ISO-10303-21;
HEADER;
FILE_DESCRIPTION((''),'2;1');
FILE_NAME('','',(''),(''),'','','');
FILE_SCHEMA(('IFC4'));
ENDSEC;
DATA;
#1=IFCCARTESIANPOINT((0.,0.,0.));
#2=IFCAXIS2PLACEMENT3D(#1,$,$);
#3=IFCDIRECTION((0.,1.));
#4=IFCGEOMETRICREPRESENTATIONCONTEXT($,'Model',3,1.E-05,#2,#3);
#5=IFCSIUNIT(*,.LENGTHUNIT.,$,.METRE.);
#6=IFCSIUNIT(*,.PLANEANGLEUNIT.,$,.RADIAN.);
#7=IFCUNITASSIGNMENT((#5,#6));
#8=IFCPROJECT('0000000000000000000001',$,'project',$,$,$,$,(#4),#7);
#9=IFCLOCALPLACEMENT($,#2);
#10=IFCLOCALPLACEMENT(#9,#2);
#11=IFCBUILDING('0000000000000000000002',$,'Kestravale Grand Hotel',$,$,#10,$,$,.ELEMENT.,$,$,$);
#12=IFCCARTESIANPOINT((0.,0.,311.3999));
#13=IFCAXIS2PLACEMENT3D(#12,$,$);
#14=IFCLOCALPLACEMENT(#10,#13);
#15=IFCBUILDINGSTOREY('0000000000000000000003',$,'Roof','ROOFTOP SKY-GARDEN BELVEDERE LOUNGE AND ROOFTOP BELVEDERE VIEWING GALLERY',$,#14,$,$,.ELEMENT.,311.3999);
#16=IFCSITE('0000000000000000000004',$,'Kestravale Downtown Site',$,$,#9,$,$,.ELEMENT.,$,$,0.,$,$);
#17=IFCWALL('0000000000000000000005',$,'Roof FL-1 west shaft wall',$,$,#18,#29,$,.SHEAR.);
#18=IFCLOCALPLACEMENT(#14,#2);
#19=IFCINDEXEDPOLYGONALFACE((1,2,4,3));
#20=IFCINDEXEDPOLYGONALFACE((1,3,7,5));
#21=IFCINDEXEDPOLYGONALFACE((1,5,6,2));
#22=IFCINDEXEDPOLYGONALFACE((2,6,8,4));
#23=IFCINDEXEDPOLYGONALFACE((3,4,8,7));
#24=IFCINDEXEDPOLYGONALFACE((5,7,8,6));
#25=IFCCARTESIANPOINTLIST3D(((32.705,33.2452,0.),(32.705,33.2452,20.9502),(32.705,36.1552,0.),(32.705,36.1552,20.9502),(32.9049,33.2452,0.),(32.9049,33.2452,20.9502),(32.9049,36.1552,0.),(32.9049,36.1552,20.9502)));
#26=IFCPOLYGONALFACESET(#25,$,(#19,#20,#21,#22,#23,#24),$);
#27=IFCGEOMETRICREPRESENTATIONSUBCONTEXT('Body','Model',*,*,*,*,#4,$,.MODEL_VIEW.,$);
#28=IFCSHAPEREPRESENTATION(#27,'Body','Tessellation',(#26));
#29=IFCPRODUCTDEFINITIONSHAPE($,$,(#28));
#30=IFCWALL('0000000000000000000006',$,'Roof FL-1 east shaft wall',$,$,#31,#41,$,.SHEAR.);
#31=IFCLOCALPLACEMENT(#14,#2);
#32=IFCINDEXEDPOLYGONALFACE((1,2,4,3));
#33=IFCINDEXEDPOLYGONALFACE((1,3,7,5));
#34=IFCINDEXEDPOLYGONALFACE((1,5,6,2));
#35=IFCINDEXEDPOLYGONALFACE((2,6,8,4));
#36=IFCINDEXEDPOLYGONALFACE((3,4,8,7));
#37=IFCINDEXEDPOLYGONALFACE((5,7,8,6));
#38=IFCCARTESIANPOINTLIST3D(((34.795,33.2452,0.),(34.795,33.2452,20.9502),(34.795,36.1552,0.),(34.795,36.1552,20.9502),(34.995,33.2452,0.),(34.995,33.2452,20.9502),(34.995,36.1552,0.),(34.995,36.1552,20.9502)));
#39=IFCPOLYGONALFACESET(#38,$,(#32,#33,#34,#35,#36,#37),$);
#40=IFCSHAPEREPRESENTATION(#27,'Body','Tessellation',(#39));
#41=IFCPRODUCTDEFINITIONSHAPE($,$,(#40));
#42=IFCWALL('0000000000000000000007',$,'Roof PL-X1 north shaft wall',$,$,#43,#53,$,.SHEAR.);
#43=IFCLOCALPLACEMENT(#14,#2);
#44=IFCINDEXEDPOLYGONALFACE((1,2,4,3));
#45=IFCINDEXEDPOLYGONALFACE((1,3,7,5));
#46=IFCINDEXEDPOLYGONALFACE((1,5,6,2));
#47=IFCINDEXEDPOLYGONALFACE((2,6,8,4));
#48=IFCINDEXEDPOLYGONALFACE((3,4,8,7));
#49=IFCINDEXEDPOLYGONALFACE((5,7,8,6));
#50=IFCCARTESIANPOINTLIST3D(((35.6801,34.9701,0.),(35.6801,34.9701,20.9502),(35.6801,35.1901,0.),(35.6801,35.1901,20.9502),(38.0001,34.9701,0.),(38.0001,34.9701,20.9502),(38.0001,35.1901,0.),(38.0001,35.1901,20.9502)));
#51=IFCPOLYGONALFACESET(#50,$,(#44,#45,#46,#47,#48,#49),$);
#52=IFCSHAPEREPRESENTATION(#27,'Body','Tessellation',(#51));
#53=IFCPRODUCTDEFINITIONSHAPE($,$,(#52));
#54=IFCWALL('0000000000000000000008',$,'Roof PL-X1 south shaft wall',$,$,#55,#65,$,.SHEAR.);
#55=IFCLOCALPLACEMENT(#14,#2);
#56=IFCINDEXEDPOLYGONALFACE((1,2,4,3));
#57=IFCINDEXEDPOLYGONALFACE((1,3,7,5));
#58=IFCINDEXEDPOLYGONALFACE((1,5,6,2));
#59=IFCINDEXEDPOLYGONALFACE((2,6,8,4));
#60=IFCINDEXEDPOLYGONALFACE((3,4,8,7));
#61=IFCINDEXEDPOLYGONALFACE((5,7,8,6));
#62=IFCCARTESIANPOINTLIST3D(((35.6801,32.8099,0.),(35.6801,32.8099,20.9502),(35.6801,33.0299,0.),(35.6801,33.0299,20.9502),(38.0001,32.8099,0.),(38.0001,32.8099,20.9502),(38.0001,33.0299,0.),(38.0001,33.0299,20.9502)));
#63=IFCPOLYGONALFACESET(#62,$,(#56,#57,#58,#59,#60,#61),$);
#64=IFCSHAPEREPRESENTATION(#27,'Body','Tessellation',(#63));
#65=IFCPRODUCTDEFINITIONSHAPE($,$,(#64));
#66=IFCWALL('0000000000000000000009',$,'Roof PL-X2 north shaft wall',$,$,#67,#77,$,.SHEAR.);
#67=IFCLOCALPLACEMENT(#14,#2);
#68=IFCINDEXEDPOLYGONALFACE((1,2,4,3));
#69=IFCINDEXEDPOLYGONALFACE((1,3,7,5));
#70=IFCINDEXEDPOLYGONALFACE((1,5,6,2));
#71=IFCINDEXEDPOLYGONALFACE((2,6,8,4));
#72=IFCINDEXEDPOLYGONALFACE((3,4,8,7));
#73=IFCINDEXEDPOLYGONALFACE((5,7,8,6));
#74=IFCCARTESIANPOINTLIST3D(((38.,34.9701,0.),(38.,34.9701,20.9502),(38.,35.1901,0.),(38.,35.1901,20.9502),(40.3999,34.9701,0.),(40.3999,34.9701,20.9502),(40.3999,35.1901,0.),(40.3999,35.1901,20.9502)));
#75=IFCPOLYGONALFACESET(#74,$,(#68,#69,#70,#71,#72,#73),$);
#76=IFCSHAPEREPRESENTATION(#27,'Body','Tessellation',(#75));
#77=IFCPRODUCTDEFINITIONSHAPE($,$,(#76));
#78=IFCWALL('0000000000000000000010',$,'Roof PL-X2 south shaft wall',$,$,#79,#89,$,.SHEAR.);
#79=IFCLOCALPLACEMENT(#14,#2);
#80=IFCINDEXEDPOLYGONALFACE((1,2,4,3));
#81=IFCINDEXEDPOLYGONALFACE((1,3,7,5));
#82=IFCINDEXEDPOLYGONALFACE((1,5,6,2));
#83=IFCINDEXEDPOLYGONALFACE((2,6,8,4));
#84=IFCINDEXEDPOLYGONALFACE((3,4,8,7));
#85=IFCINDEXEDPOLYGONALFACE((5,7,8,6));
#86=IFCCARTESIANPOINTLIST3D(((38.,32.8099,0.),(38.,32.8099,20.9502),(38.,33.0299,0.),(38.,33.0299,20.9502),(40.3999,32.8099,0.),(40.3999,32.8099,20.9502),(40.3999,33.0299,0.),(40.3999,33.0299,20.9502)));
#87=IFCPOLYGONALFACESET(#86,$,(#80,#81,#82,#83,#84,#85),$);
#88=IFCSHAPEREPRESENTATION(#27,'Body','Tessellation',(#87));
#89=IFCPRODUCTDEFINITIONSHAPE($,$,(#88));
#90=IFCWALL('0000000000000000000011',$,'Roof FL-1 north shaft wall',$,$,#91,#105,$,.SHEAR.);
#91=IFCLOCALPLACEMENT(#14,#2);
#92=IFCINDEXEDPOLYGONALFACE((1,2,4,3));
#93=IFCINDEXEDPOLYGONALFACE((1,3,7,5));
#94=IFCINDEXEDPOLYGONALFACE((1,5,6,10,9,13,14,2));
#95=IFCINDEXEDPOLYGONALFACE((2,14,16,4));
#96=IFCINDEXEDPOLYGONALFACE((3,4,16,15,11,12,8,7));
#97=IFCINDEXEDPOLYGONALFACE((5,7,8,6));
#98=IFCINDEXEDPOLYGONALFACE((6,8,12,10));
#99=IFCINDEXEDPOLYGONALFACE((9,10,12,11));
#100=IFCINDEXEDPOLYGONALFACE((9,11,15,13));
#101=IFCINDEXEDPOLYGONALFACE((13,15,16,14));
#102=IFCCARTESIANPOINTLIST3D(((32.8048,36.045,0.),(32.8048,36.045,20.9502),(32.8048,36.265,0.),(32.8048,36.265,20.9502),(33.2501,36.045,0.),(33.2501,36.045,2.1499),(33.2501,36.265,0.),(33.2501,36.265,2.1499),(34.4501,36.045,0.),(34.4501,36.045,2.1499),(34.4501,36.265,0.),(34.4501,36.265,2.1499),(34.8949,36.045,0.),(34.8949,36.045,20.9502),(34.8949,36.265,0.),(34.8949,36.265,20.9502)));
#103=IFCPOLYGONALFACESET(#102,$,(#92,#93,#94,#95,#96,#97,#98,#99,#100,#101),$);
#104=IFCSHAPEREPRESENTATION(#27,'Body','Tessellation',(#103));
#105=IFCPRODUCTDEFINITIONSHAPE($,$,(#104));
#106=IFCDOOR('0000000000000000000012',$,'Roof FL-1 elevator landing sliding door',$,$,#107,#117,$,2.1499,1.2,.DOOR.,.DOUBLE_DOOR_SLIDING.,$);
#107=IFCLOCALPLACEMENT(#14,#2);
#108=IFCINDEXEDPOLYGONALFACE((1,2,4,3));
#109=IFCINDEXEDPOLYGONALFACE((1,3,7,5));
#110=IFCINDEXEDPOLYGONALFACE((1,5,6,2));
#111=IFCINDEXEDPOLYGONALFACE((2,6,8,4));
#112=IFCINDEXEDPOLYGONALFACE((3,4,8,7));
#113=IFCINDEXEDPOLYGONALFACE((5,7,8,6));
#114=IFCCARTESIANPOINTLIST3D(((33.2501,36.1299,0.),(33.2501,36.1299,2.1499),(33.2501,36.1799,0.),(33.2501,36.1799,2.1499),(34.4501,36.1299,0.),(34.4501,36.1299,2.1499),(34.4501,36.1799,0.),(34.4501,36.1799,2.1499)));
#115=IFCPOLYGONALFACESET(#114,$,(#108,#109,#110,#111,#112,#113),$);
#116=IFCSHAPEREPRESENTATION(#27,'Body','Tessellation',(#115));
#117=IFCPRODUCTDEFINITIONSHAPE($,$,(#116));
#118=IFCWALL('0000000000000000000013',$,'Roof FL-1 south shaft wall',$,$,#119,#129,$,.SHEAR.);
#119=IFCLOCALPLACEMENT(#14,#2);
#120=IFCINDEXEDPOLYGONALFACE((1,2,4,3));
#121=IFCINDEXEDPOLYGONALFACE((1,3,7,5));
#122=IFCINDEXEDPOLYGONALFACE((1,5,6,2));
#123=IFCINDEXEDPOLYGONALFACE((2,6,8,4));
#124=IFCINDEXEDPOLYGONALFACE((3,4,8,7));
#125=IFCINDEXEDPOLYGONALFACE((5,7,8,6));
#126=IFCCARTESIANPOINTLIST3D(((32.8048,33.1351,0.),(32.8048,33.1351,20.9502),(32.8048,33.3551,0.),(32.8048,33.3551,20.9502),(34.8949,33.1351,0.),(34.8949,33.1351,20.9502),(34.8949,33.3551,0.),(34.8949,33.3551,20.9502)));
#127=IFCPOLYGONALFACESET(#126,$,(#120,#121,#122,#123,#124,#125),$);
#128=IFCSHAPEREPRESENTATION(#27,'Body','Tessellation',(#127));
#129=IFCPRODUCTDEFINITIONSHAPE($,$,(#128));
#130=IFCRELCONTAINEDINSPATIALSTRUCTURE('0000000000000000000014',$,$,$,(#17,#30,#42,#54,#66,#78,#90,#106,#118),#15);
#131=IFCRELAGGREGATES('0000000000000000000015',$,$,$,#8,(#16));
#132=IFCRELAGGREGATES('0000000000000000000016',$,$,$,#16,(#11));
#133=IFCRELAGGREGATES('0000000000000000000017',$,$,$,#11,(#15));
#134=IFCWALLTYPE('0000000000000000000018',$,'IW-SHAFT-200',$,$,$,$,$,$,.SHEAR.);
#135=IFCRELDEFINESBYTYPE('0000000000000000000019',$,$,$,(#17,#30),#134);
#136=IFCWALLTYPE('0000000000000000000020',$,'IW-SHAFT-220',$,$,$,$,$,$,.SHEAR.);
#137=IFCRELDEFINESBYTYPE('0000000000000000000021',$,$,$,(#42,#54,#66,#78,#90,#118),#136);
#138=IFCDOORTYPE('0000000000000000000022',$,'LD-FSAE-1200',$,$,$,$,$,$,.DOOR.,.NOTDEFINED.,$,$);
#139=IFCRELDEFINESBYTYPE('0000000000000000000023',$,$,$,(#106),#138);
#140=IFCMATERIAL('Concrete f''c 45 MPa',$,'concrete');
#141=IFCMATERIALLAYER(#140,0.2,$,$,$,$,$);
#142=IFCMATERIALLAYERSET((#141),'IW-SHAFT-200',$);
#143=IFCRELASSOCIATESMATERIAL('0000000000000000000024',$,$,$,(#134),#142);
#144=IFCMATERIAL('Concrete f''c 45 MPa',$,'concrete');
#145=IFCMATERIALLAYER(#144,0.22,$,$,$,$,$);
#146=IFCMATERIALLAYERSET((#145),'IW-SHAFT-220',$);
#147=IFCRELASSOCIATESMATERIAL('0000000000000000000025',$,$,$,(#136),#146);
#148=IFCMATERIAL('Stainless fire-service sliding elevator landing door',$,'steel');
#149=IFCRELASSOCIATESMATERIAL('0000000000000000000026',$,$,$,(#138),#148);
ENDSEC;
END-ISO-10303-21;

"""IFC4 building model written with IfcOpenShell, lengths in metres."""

from ifc_helpers import new_model, si_unit, direction, frame, frame_2d, origin, place, context, subcontext, project, spatial, rectangle, extrude, material, layer, layer_set, type_object, element, fill, save


model = new_model("IFC4")

# Units and contexts
model_context = context("Model", 3, precision=1e-05, world=origin(), true_north=direction((0.0, 1.0)))
body_context = subcontext(model_context, "Body", "Model", "MODEL_VIEW")
ifc_project = project(units=[si_unit("LENGTHUNIT", "METRE"), si_unit("PLANEANGLEUNIT", "RADIAN")], contexts=[model_context])

# Site, building, storey
site_placement = place(None, origin())
site = spatial("IfcSite", under=ifc_project, at=site_placement, Name="Kestravale Downtown Site", CompositionType="ELEMENT", RefElevation=0.0)
building_placement = place(site_placement, origin())
building = spatial("IfcBuilding", under=site, at=building_placement, Name="Kestravale Grand Hotel", CompositionType="ELEMENT")
storey_placement = place(building_placement, frame((0.0, 0.0, 311.3999)))
storey = spatial("IfcBuildingStorey", under=building, at=storey_placement, Name="Roof", Description="ROOFTOP SKY-GARDEN BELVEDERE LOUNGE AND ROOFTOP BELVEDERE VIEWING GALLERY", CompositionType="ELEMENT", Elevation=311.3999)

# Walls
ifc_material_1 = material(Name="Concrete f'c 45 MPa", Category="concrete")
ifc_layer_1 = layer(ifc_material_1, 0.2)
ifc_layer_set_1 = layer_set([ifc_layer_1], Name="IW-SHAFT-200")
wall_type_1 = type_object("IfcWallType", Name="IW-SHAFT-200", PredefinedType="SHEAR", material=ifc_layer_set_1)
for number, where, z_axis, x_axis, name in (
    (1, (32.8049, 33.2451, 0.0), (0.0, 0.0, 1.0), (0.0, 1.0, 0.0), "Roof FL-1 west shaft wall"),
    (2, (34.895, 33.2451, 0.0), (0.0, 0.0, 1.0), (0.0, 1.0, 0.0), "Roof FL-1 east shaft wall"),
):
    element("IfcWall", number, at=place(storey_placement, frame(where, z_axis=z_axis, x_axis=x_axis)), inside=storey, type_object=wall_type_1, Name=name, PredefinedType="SHEAR", context=body_context, shape_type="SweptSolid", body=[
        extrude(rectangle(XDim=2.9099, YDim=0.2, at=frame_2d((1.4551, 0.0))), origin(), (0.0, 0.0, 1.0), 20.9502),
    ])
ifc_material_2 = material(Name="Concrete f'c 45 MPa", Category="concrete")
ifc_layer_2 = layer(ifc_material_2, 0.22)
ifc_layer_set_2 = layer_set([ifc_layer_2], Name="IW-SHAFT-220")
wall_type_2 = type_object("IfcWallType", Name="IW-SHAFT-220", PredefinedType="SHEAR", material=ifc_layer_set_2)
for number, where, z_axis, x_axis, name in (
    (3, (35.6799, 35.0801, 0.0), (0.0, 0.0, 1.0), (1.0, 0.0, 0.0), "Roof PL-X1 north shaft wall"),
    (4, (35.6799, 32.9199, 0.0), (0.0, 0.0, 1.0), (1.0, 0.0, 0.0), "Roof PL-X1 south shaft wall"),
):
    element("IfcWall", number, at=place(storey_placement, frame(where, z_axis=z_axis, x_axis=x_axis)), inside=storey, type_object=wall_type_2, Name=name, PredefinedType="SHEAR", context=body_context, shape_type="SweptSolid", body=[
        extrude(rectangle(XDim=2.3201, YDim=0.22, at=frame_2d((1.1602, 0.0))), origin(), (0.0, 0.0, 1.0), 20.9502),
    ])
for number, where, z_axis, x_axis, name in (
    (5, (38.0, 35.0801, 0.0), (0.0, 0.0, 1.0), (1.0, 0.0, 0.0), "Roof PL-X2 north shaft wall"),
    (6, (38.0, 32.9199, 0.0), (0.0, 0.0, 1.0), (1.0, 0.0, 0.0), "Roof PL-X2 south shaft wall"),
):
    element("IfcWall", number, at=place(storey_placement, frame(where, z_axis=z_axis, x_axis=x_axis)), inside=storey, type_object=wall_type_2, Name=name, PredefinedType="SHEAR", context=body_context, shape_type="SweptSolid", body=[
        extrude(rectangle(XDim=2.3999, YDim=0.22, at=frame_2d((1.2, 0.0))), origin(), (0.0, 0.0, 1.0), 20.9502),
    ])

# Wall, opening, door
wall_1_placement = place(storey_placement, frame((32.8049, 36.155, 0.0), z_axis=(0.0, 0.0, 1.0), x_axis=(1.0, 0.0, 0.0)))
wall_1 = element("IfcWall", 7, at=wall_1_placement, inside=storey, type_object=wall_type_2, Name="Roof FL-1 north shaft wall", PredefinedType="SHEAR", context=body_context, shape_type="SweptSolid", body=[
    extrude(rectangle(XDim=2.0901, YDim=0.22, at=frame_2d((1.0449, 0.0))), origin(), (0.0, 0.0, 1.0), 20.9502),
])
opening_1_placement = place(wall_1_placement, frame((0.4451, 0.0, 0.0)))
opening_1 = element("IfcOpeningElement", 8, at=opening_1_placement, cuts=wall_1, PredefinedType="OPENING", context=body_context, shape_type="SweptSolid", body=[
    extrude(rectangle(XDim=1.2, YDim=2.1499, at=frame_2d((0.6001, 1.075))), frame((0.0, 0.1199, 0.0), z_axis=(0.0, -1.0, 0.0), x_axis=(1.0, 0.0, 0.0)), (0.0, 0.0, 1.0), 0.24),
])
ifc_material_3 = material(Name="Stainless fire-service sliding elevator landing door", Category="steel")
door_type_1 = type_object("IfcDoorType", Name="LD-FSAE-1200", OperationType="NOTDEFINED", PredefinedType="DOOR", material=ifc_material_3)
door_1_placement = place(opening_1_placement, origin())
door_1 = element("IfcDoor", 9, at=door_1_placement, inside=storey, type_object=door_type_1, Name="Roof FL-1 elevator landing sliding door", OperationType="DOUBLE_DOOR_SLIDING", OverallHeight=2.1499, OverallWidth=1.2, PredefinedType="DOOR", context=body_context, shape_type="SweptSolid", body=[
    extrude(rectangle(XDim=1.2, YDim=2.1499, at=frame_2d((0.6001, 1.075))), frame((0.0, 0.0249, 0.0), z_axis=(0.0, -1.0, 0.0), x_axis=(1.0, 0.0, 0.0)), (0.0, 0.0, 1.0), 0.05),
])
fill(opening_1, door_1)

# Wall
wall_2_placement = place(storey_placement, frame((32.8049, 33.2451, 0.0), z_axis=(0.0, 0.0, 1.0), x_axis=(1.0, 0.0, 0.0)))
element("IfcWall", 10, at=wall_2_placement, inside=storey, type_object=wall_type_2, Name="Roof FL-1 south shaft wall", PredefinedType="SHEAR", context=body_context, shape_type="SweptSolid", body=[
    extrude(rectangle(XDim=2.0901, YDim=0.22, at=frame_2d((1.0449, 0.0))), origin(), (0.0, 0.0, 1.0), 20.9502),
])

save(model, "model.ifc")
